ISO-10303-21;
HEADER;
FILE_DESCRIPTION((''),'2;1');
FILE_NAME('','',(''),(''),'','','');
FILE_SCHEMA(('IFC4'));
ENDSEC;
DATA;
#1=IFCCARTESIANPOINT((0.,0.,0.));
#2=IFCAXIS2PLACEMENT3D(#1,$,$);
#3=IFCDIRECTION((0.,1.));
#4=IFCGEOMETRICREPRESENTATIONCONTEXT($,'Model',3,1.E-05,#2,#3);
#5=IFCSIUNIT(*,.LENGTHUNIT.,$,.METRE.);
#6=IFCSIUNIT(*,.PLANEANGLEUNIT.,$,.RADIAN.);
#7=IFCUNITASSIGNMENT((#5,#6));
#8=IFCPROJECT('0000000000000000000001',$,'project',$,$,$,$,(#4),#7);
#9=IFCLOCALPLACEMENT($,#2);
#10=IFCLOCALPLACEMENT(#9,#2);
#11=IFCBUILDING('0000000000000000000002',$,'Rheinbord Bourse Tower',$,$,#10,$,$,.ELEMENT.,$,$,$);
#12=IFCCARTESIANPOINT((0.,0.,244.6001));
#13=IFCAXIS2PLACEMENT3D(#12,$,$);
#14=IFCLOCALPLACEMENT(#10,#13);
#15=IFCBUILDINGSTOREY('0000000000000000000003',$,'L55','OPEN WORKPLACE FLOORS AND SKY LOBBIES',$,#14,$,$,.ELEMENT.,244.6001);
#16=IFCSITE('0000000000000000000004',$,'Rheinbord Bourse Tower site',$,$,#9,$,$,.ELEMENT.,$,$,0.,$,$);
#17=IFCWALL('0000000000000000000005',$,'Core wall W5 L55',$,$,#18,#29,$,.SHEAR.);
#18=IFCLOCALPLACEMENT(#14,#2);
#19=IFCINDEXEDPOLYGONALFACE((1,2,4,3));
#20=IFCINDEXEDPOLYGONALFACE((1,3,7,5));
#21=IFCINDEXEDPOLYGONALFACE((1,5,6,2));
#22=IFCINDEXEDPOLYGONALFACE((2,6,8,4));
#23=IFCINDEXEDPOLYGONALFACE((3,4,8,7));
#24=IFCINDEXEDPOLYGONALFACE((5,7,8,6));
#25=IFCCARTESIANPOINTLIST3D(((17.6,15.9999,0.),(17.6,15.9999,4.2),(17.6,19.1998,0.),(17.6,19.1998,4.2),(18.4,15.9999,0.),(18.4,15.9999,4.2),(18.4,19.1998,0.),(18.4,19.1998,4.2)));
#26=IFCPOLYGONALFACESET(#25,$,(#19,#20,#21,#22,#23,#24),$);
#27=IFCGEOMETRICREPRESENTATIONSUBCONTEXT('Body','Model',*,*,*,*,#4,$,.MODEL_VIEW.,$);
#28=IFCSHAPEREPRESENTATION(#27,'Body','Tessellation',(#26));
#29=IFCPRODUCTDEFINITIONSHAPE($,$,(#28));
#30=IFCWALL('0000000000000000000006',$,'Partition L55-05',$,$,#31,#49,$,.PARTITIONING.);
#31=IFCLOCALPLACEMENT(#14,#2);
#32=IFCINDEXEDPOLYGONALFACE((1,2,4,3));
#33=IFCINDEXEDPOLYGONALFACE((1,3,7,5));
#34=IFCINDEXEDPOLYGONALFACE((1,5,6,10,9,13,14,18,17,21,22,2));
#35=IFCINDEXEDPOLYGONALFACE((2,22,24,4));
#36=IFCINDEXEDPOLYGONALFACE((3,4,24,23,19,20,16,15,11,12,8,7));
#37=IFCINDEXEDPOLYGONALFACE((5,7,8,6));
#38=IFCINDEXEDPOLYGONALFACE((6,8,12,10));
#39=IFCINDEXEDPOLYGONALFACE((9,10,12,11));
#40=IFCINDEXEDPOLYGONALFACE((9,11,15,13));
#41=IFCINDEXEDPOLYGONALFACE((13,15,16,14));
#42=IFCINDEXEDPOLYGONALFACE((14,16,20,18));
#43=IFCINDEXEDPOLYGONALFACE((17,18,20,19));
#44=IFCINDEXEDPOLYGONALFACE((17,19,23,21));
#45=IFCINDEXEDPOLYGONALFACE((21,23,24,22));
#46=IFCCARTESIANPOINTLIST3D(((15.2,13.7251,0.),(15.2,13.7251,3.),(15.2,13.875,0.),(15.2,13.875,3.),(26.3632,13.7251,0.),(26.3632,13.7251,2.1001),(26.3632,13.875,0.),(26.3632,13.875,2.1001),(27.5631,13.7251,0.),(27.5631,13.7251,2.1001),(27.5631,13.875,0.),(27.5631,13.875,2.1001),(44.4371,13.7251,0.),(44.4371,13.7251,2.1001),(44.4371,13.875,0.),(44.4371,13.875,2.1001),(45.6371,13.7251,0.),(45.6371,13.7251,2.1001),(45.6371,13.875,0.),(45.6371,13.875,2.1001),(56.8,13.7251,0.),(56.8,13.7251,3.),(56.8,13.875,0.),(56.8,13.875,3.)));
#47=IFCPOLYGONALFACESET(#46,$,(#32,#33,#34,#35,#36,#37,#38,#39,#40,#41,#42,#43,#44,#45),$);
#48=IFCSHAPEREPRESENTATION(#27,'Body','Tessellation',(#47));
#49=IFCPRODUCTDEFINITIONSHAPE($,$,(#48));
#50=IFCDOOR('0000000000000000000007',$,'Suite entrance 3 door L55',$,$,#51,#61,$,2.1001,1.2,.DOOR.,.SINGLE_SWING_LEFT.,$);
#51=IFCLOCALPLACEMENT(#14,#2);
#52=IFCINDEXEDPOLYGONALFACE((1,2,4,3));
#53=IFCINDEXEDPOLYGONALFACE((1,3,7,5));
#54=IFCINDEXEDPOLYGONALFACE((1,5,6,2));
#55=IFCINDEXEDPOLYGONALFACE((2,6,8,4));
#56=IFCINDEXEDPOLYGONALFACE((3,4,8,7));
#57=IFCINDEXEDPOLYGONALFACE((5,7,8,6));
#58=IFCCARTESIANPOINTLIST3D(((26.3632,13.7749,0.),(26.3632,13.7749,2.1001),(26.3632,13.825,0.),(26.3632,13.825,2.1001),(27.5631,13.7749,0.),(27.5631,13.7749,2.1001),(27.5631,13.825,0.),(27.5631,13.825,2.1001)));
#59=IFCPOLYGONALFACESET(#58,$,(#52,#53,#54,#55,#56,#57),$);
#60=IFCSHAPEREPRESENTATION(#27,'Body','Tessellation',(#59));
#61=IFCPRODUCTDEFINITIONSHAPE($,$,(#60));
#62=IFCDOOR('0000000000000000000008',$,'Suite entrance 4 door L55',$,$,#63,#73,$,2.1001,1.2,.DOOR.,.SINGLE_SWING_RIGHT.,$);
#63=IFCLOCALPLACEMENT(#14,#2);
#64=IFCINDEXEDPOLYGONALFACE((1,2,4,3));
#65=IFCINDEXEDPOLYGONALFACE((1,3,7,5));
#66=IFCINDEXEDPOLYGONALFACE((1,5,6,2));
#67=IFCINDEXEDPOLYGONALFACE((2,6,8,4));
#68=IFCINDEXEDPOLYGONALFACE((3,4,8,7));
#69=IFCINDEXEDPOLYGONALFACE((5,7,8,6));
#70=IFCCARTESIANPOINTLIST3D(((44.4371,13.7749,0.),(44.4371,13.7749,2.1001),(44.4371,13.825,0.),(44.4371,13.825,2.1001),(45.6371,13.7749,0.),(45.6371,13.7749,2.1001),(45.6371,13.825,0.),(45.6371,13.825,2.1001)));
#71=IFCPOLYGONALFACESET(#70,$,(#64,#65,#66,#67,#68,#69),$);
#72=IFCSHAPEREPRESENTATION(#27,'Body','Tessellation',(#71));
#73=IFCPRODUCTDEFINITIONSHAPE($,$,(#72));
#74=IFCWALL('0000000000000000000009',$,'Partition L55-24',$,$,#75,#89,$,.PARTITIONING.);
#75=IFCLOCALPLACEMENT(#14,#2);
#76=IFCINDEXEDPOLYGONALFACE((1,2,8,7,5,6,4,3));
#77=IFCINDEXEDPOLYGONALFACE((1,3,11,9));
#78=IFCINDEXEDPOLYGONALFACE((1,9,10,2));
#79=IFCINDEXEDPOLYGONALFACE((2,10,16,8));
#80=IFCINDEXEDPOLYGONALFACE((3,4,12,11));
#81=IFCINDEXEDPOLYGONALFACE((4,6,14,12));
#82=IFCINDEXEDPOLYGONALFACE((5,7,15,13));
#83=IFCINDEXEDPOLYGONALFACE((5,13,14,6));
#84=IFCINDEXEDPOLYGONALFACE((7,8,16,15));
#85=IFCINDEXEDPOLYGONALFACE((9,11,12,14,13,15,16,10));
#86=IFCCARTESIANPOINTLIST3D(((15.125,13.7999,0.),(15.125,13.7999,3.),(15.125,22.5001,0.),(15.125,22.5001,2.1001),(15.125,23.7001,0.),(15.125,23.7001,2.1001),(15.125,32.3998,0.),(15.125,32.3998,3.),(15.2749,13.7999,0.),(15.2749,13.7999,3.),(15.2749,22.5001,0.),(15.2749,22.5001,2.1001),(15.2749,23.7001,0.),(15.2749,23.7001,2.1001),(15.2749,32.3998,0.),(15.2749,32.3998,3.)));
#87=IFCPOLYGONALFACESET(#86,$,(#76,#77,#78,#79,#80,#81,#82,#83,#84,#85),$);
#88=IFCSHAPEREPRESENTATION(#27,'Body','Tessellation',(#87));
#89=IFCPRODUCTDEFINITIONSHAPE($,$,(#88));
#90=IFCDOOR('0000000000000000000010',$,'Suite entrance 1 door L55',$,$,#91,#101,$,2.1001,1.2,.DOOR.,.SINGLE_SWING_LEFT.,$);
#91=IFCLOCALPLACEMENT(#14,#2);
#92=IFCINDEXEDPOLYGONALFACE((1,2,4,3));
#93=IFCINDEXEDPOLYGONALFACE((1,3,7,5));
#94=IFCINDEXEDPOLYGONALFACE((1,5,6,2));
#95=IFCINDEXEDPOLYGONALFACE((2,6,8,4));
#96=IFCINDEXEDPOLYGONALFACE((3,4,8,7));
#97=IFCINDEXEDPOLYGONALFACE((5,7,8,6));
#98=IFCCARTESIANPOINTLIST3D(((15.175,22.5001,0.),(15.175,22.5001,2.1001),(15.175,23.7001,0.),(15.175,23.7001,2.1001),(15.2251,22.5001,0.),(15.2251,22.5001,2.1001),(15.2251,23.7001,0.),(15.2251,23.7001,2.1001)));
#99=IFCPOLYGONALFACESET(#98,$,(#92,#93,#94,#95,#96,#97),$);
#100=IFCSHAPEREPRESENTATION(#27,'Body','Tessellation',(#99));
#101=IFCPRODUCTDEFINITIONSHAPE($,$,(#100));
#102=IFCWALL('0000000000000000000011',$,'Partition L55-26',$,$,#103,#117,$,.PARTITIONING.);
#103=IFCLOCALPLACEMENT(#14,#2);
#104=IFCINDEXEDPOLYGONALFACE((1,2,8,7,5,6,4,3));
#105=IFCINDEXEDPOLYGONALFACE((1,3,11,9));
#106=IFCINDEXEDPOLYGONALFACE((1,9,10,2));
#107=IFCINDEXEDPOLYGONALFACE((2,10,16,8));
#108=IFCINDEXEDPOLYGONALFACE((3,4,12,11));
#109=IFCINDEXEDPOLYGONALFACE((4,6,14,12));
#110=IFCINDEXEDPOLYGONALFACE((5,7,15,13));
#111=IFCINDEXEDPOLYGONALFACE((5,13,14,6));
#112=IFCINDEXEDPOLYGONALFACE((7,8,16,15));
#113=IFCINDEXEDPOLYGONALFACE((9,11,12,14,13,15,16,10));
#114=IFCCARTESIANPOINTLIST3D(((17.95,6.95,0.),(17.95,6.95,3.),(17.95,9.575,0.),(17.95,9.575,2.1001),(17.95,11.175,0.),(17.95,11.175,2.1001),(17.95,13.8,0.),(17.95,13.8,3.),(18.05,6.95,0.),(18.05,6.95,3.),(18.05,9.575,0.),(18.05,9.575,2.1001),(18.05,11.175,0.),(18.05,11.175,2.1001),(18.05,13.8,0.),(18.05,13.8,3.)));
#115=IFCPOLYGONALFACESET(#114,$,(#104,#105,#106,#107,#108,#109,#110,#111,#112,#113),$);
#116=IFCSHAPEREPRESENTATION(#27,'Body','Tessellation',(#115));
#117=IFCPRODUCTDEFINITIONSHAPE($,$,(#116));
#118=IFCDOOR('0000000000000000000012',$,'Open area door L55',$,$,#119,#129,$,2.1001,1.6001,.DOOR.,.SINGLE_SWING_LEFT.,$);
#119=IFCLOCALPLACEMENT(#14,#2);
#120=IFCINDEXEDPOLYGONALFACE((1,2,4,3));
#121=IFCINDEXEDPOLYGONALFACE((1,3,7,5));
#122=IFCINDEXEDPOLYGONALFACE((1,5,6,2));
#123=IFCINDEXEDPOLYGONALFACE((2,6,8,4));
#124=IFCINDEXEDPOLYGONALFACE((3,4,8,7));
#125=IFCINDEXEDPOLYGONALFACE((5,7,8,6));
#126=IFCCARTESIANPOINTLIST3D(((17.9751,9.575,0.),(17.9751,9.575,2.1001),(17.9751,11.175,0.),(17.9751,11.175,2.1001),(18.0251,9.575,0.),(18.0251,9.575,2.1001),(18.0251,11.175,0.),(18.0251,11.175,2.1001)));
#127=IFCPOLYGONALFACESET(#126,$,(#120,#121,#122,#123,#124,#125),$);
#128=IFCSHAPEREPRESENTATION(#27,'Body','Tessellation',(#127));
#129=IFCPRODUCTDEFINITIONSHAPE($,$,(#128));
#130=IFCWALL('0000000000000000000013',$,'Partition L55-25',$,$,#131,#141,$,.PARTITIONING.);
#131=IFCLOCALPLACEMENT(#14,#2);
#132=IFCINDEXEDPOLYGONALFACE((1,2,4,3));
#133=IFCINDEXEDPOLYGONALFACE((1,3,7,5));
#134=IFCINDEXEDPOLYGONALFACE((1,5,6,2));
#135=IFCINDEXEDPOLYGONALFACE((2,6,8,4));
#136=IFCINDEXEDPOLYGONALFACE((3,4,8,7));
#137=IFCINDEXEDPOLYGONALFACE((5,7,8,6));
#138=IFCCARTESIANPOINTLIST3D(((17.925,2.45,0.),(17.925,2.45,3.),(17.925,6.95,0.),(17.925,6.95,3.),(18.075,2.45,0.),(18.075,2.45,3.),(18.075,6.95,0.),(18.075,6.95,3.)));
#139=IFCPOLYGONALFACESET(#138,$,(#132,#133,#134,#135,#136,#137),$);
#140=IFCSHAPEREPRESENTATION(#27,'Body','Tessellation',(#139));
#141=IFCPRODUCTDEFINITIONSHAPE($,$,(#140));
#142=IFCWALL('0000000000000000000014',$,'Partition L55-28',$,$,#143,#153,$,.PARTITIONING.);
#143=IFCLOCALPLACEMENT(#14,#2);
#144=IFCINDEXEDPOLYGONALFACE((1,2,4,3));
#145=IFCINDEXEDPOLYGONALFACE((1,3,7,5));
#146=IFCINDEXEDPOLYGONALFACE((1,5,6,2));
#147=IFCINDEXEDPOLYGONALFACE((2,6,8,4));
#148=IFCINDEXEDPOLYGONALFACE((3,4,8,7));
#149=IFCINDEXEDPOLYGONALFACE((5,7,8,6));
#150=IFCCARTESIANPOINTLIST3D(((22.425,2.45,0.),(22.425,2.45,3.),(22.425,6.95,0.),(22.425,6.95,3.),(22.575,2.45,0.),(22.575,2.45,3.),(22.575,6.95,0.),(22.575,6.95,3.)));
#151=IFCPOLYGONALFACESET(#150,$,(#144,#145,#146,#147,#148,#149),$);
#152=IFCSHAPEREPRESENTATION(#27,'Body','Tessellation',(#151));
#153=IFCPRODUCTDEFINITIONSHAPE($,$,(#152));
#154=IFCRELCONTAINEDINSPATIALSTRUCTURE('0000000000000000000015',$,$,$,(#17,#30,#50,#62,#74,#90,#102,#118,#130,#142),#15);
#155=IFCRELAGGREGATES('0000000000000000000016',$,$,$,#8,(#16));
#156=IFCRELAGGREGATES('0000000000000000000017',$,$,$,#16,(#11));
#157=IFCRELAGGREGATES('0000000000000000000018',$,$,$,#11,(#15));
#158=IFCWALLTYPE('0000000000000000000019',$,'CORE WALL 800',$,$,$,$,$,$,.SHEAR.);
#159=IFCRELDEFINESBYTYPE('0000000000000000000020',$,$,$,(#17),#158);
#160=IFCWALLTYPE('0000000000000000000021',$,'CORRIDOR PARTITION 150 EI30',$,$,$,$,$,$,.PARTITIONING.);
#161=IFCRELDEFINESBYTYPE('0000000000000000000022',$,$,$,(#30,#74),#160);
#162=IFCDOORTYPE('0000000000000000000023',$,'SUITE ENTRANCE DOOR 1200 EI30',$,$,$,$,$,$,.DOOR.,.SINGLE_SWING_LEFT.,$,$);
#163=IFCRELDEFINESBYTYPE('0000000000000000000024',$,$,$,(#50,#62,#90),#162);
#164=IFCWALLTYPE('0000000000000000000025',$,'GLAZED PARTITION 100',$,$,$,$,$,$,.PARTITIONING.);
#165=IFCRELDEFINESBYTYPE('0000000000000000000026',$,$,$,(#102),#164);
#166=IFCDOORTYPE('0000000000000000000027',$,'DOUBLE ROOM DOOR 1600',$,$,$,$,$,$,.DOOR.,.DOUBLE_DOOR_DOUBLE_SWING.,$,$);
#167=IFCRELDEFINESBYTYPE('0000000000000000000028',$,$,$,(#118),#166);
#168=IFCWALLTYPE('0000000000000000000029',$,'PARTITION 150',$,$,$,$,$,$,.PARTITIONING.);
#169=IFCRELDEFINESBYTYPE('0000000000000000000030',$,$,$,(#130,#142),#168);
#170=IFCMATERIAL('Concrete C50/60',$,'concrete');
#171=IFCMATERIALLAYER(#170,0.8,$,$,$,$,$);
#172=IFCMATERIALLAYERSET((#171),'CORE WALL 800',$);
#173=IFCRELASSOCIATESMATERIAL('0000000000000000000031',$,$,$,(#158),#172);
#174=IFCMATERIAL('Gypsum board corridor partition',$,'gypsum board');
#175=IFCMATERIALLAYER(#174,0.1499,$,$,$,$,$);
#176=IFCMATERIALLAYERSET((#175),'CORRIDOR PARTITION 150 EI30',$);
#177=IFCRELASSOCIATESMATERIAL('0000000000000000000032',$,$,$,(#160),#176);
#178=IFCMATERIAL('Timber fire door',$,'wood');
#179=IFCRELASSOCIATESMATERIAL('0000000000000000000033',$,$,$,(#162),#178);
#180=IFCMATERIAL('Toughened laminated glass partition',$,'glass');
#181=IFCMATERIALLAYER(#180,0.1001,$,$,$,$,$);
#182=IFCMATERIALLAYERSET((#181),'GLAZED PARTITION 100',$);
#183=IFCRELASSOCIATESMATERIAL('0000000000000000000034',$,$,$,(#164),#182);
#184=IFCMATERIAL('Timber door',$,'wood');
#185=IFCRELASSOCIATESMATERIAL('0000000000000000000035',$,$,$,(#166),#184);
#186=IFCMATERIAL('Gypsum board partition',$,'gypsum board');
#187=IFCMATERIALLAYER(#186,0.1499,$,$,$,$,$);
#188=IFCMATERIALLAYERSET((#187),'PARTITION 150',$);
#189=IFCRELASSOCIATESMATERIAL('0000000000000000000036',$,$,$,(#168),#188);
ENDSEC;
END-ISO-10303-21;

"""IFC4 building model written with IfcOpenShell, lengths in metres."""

from ifc_helpers import new_model, si_unit, direction, frame, frame_2d, origin, place, context, subcontext, project, spatial, rectangle, extrude, material, layer, layer_set, type_object, element, fill, save


model = new_model("IFC4")

# Units and contexts
model_context = context("Model", 3, precision=1e-05, world=origin(), true_north=direction((0.0, 1.0)))
body_context = subcontext(model_context, "Body", "Model", "MODEL_VIEW")
ifc_project = project(units=[si_unit("LENGTHUNIT", "METRE"), si_unit("PLANEANGLEUNIT", "RADIAN")], contexts=[model_context])

# Site, building, storey
site_placement = place(None, origin())
site = spatial("IfcSite", under=ifc_project, at=site_placement, Name="Rheinbord Bourse Tower site", CompositionType="ELEMENT", RefElevation=0.0)
building_placement = place(site_placement, origin())
building = spatial("IfcBuilding", under=site, at=building_placement, Name="Rheinbord Bourse Tower", CompositionType="ELEMENT")
storey_placement = place(building_placement, frame((0.0, 0.0, 244.6001)))
storey = spatial("IfcBuildingStorey", under=building, at=storey_placement, Name="L55", Description="OPEN WORKPLACE FLOORS AND SKY LOBBIES", CompositionType="ELEMENT", Elevation=244.6001)

# Shared definitions
ifc_material_1 = material(Name="Concrete C50/60", Category="concrete")
ifc_layer_1 = layer(ifc_material_1, 0.8)
ifc_layer_set_1 = layer_set([ifc_layer_1], Name="CORE WALL 800")
wall_type_1 = type_object("IfcWallType", Name="CORE WALL 800", PredefinedType="SHEAR", material=ifc_layer_set_1)

# Wall
wall_1_placement = place(storey_placement, frame((18.0, 19.2, 0.0), z_axis=(0.0, 0.0, 1.0), x_axis=(0.0, -1.0, 0.0)))
element("IfcWall", 1, at=wall_1_placement, inside=storey, type_object=wall_type_1, Name="Core wall W5 L55", PredefinedType="SHEAR", context=body_context, shape_type="SweptSolid", body=[
    extrude(rectangle(XDim=3.2, YDim=0.8, at=frame_2d((1.6001, 0.0))), origin(), (0.0, 0.0, 1.0), 4.2),
])

# Wall, openings, doors
ifc_material_2 = material(Name="Gypsum board corridor partition", Category="gypsum board")
ifc_layer_2 = layer(ifc_material_2, 0.1499)
ifc_layer_set_2 = layer_set([ifc_layer_2], Name="CORRIDOR PARTITION 150 EI30")
wall_type_2 = type_object("IfcWallType", Name="CORRIDOR PARTITION 150 EI30", PredefinedType="PARTITIONING", material=ifc_layer_set_2)
wall_2_placement = place(storey_placement, frame((15.2, 13.8, 0.0), z_axis=(0.0, 0.0, 1.0), x_axis=(1.0, 0.0, 0.0)))
wall_2 = element("IfcWall", 2, at=wall_2_placement, inside=storey, type_object=wall_type_2, Name="Partition L55-05", PredefinedType="PARTITIONING", context=body_context, shape_type="SweptSolid", body=[
    extrude(rectangle(XDim=41.6001, YDim=0.1499, at=frame_2d((20.8, 0.0))), origin(), (0.0, 0.0, 1.0), 3.0),
])
opening_1_placement = place(wall_2_placement, frame((11.1631, 0.0, 0.0)))
opening_1 = element("IfcOpeningElement", 3, at=opening_1_placement, cuts=wall_2, PredefinedType="OPENING", context=body_context, shape_type="SweptSolid", body=[
    extrude(rectangle(XDim=1.2, YDim=2.1001, at=frame_2d((0.6001, 1.05))), frame((0.0, 0.085, 0.0), z_axis=(0.0, -1.0, 0.0), x_axis=(1.0, 0.0, 0.0)), (0.0, 0.0, 1.0), 0.1699),
])
opening_2_placement = place(wall_2_placement, frame((29.2371, 0.0, 0.0)))
opening_2 = element("IfcOpeningElement", 4, at=opening_2_placement, cuts=wall_2, PredefinedType="OPENING", context=body_context, shape_type="SweptSolid", body=[
    extrude(rectangle(XDim=1.2, YDim=2.1001, at=frame_2d((0.6001, 1.05))), frame((0.0, 0.085, 0.0), z_axis=(0.0, -1.0, 0.0), x_axis=(1.0, 0.0, 0.0)), (0.0, 0.0, 1.0), 0.1699),
])
ifc_material_3 = material(Name="Timber fire door", Category="wood")
door_type_1 = type_object("IfcDoorType", Name="SUITE ENTRANCE DOOR 1200 EI30", OperationType="SINGLE_SWING_LEFT", PredefinedType="DOOR", material=ifc_material_3)
door_1_placement = place(opening_1_placement, origin())
door_1 = element("IfcDoor", 5, at=door_1_placement, inside=storey, type_object=door_type_1, Name="Suite entrance 3 door L55", OperationType="SINGLE_SWING_LEFT", OverallHeight=2.1001, OverallWidth=1.2, PredefinedType="DOOR", context=body_context, shape_type="SweptSolid", body=[
    extrude(rectangle(XDim=1.2, YDim=2.1001, at=frame_2d((0.6001, 1.05))), frame((0.0, 0.0249, 0.0), z_axis=(0.0, -1.0, 0.0), x_axis=(1.0, 0.0, 0.0)), (0.0, 0.0, 1.0), 0.05),
])
fill(opening_1, door_1)
door_2_placement = place(opening_2_placement, origin())
door_2 = element("IfcDoor", 6, at=door_2_placement, inside=storey, type_object=door_type_1, Name="Suite entrance 4 door L55", OperationType="SINGLE_SWING_RIGHT", OverallHeight=2.1001, OverallWidth=1.2, PredefinedType="DOOR", context=body_context, shape_type="SweptSolid", body=[
    extrude(rectangle(XDim=1.2, YDim=2.1001, at=frame_2d((0.6001, 1.05))), frame((0.0, 0.0249, 0.0), z_axis=(0.0, -1.0, 0.0), x_axis=(1.0, 0.0, 0.0)), (0.0, 0.0, 1.0), 0.05),
])
fill(opening_2, door_2)

# Walls, openings, doors
wall_3_placement = place(storey_placement, frame((15.2, 13.8, 0.0), z_axis=(0.0, 0.0, 1.0), x_axis=(0.0, 1.0, 0.0)))
wall_3 = element("IfcWall", 7, at=wall_3_placement, inside=storey, type_object=wall_type_2, Name="Partition L55-24", PredefinedType="PARTITIONING", context=body_context, shape_type="SweptSolid", body=[
    extrude(rectangle(XDim=18.5999, YDim=0.1499, at=frame_2d((9.2998, 0.0))), origin(), (0.0, 0.0, 1.0), 3.0),
])
opening_3_placement = place(wall_3_placement, frame((8.7, 0.0, 0.0)))
opening_3 = element("IfcOpeningElement", 8, at=opening_3_placement, cuts=wall_3, PredefinedType="OPENING", context=body_context, shape_type="SweptSolid", body=[
    extrude(rectangle(XDim=1.2, YDim=2.1001, at=frame_2d((0.6001, 1.05))), frame((0.0, 0.085, 0.0), z_axis=(0.0, -1.0, 0.0), x_axis=(1.0, 0.0, 0.0)), (0.0, 0.0, 1.0), 0.1699),
])
door_3_placement = place(opening_3_placement, origin())
door_3 = element("IfcDoor", 9, at=door_3_placement, inside=storey, type_object=door_type_1, Name="Suite entrance 1 door L55", OperationType="SINGLE_SWING_LEFT", OverallHeight=2.1001, OverallWidth=1.2, PredefinedType="DOOR", context=body_context, shape_type="SweptSolid", body=[
    extrude(rectangle(XDim=1.2, YDim=2.1001, at=frame_2d((0.6001, 1.05))), frame((0.0, 0.0249, 0.0), z_axis=(0.0, -1.0, 0.0), x_axis=(1.0, 0.0, 0.0)), (0.0, 0.0, 1.0), 0.05),
])
fill(opening_3, door_3)
ifc_material_4 = material(Name="Toughened laminated glass partition", Category="glass")
ifc_layer_3 = layer(ifc_material_4, 0.1001)
ifc_layer_set_3 = layer_set([ifc_layer_3], Name="GLAZED PARTITION 100")
wall_type_3 = type_object("IfcWallType", Name="GLAZED PARTITION 100", PredefinedType="PARTITIONING", material=ifc_layer_set_3)
wall_4_placement = place(storey_placement, frame((18.0, 6.95, 0.0), z_axis=(0.0, 0.0, 1.0), x_axis=(0.0, 1.0, 0.0)))
wall_4 = element("IfcWall", 10, at=wall_4_placement, inside=storey, type_object=wall_type_3, Name="Partition L55-26", PredefinedType="PARTITIONING", context=body_context, shape_type="SweptSolid", body=[
    extrude(rectangle(XDim=6.8501, YDim=0.1001, at=frame_2d((3.425, 0.0))), origin(), (0.0, 0.0, 1.0), 3.0),
])
opening_4_placement = place(wall_4_placement, frame((2.625, 0.0, 0.0)))
opening_4 = element("IfcOpeningElement", 11, at=opening_4_placement, cuts=wall_4, PredefinedType="OPENING", context=body_context, shape_type="SweptSolid", body=[
    extrude(rectangle(XDim=1.6001, YDim=2.1001, at=frame_2d((0.8, 1.05))), frame((0.0, 0.0601, 0.0), z_axis=(0.0, -1.0, 0.0), x_axis=(1.0, 0.0, 0.0)), (0.0, 0.0, 1.0), 0.1201),
])
ifc_material_5 = material(Name="Timber door", Category="wood")
door_type_2 = type_object("IfcDoorType", Name="DOUBLE ROOM DOOR 1600", OperationType="DOUBLE_DOOR_DOUBLE_SWING", PredefinedType="DOOR", material=ifc_material_5)
door_4_placement = place(opening_4_placement, origin())
door_4 = element("IfcDoor", 12, at=door_4_placement, inside=storey, type_object=door_type_2, Name="Open area door L55", OperationType="SINGLE_SWING_LEFT", OverallHeight=2.1001, OverallWidth=1.6001, PredefinedType="DOOR", context=body_context, shape_type="SweptSolid", body=[
    extrude(rectangle(XDim=1.6001, YDim=2.1001, at=frame_2d((0.8, 1.05))), frame((0.0, 0.0249, 0.0), z_axis=(0.0, -1.0, 0.0), x_axis=(1.0, 0.0, 0.0)), (0.0, 0.0, 1.0), 0.05),
])
fill(opening_4, door_4)

# Walls
ifc_material_6 = material(Name="Gypsum board partition", Category="gypsum board")
ifc_layer_4 = layer(ifc_material_6, 0.1499)
ifc_layer_set_4 = layer_set([ifc_layer_4], Name="PARTITION 150")
wall_type_4 = type_object("IfcWallType", Name="PARTITION 150", PredefinedType="PARTITIONING", material=ifc_layer_set_4)
for number, where, z_axis, x_axis, name in (
    (13, (18.0, 2.45, 0.0), (0.0, 0.0, 1.0), (0.0, 1.0, 0.0), "Partition L55-25"),
    (14, (22.5, 2.45, 0.0), (0.0, 0.0, 1.0), (0.0, 1.0, 0.0), "Partition L55-28"),
):
    element("IfcWall", number, at=place(storey_placement, frame(where, z_axis=z_axis, x_axis=x_axis)), inside=storey, type_object=wall_type_4, Name=name, PredefinedType="PARTITIONING", context=body_context, shape_type="SweptSolid", body=[
        extrude(rectangle(XDim=4.5, YDim=0.1499, at=frame_2d((2.25, 0.0))), origin(), (0.0, 0.0, 1.0), 3.0),
    ])

save(model, "model.ifc")
